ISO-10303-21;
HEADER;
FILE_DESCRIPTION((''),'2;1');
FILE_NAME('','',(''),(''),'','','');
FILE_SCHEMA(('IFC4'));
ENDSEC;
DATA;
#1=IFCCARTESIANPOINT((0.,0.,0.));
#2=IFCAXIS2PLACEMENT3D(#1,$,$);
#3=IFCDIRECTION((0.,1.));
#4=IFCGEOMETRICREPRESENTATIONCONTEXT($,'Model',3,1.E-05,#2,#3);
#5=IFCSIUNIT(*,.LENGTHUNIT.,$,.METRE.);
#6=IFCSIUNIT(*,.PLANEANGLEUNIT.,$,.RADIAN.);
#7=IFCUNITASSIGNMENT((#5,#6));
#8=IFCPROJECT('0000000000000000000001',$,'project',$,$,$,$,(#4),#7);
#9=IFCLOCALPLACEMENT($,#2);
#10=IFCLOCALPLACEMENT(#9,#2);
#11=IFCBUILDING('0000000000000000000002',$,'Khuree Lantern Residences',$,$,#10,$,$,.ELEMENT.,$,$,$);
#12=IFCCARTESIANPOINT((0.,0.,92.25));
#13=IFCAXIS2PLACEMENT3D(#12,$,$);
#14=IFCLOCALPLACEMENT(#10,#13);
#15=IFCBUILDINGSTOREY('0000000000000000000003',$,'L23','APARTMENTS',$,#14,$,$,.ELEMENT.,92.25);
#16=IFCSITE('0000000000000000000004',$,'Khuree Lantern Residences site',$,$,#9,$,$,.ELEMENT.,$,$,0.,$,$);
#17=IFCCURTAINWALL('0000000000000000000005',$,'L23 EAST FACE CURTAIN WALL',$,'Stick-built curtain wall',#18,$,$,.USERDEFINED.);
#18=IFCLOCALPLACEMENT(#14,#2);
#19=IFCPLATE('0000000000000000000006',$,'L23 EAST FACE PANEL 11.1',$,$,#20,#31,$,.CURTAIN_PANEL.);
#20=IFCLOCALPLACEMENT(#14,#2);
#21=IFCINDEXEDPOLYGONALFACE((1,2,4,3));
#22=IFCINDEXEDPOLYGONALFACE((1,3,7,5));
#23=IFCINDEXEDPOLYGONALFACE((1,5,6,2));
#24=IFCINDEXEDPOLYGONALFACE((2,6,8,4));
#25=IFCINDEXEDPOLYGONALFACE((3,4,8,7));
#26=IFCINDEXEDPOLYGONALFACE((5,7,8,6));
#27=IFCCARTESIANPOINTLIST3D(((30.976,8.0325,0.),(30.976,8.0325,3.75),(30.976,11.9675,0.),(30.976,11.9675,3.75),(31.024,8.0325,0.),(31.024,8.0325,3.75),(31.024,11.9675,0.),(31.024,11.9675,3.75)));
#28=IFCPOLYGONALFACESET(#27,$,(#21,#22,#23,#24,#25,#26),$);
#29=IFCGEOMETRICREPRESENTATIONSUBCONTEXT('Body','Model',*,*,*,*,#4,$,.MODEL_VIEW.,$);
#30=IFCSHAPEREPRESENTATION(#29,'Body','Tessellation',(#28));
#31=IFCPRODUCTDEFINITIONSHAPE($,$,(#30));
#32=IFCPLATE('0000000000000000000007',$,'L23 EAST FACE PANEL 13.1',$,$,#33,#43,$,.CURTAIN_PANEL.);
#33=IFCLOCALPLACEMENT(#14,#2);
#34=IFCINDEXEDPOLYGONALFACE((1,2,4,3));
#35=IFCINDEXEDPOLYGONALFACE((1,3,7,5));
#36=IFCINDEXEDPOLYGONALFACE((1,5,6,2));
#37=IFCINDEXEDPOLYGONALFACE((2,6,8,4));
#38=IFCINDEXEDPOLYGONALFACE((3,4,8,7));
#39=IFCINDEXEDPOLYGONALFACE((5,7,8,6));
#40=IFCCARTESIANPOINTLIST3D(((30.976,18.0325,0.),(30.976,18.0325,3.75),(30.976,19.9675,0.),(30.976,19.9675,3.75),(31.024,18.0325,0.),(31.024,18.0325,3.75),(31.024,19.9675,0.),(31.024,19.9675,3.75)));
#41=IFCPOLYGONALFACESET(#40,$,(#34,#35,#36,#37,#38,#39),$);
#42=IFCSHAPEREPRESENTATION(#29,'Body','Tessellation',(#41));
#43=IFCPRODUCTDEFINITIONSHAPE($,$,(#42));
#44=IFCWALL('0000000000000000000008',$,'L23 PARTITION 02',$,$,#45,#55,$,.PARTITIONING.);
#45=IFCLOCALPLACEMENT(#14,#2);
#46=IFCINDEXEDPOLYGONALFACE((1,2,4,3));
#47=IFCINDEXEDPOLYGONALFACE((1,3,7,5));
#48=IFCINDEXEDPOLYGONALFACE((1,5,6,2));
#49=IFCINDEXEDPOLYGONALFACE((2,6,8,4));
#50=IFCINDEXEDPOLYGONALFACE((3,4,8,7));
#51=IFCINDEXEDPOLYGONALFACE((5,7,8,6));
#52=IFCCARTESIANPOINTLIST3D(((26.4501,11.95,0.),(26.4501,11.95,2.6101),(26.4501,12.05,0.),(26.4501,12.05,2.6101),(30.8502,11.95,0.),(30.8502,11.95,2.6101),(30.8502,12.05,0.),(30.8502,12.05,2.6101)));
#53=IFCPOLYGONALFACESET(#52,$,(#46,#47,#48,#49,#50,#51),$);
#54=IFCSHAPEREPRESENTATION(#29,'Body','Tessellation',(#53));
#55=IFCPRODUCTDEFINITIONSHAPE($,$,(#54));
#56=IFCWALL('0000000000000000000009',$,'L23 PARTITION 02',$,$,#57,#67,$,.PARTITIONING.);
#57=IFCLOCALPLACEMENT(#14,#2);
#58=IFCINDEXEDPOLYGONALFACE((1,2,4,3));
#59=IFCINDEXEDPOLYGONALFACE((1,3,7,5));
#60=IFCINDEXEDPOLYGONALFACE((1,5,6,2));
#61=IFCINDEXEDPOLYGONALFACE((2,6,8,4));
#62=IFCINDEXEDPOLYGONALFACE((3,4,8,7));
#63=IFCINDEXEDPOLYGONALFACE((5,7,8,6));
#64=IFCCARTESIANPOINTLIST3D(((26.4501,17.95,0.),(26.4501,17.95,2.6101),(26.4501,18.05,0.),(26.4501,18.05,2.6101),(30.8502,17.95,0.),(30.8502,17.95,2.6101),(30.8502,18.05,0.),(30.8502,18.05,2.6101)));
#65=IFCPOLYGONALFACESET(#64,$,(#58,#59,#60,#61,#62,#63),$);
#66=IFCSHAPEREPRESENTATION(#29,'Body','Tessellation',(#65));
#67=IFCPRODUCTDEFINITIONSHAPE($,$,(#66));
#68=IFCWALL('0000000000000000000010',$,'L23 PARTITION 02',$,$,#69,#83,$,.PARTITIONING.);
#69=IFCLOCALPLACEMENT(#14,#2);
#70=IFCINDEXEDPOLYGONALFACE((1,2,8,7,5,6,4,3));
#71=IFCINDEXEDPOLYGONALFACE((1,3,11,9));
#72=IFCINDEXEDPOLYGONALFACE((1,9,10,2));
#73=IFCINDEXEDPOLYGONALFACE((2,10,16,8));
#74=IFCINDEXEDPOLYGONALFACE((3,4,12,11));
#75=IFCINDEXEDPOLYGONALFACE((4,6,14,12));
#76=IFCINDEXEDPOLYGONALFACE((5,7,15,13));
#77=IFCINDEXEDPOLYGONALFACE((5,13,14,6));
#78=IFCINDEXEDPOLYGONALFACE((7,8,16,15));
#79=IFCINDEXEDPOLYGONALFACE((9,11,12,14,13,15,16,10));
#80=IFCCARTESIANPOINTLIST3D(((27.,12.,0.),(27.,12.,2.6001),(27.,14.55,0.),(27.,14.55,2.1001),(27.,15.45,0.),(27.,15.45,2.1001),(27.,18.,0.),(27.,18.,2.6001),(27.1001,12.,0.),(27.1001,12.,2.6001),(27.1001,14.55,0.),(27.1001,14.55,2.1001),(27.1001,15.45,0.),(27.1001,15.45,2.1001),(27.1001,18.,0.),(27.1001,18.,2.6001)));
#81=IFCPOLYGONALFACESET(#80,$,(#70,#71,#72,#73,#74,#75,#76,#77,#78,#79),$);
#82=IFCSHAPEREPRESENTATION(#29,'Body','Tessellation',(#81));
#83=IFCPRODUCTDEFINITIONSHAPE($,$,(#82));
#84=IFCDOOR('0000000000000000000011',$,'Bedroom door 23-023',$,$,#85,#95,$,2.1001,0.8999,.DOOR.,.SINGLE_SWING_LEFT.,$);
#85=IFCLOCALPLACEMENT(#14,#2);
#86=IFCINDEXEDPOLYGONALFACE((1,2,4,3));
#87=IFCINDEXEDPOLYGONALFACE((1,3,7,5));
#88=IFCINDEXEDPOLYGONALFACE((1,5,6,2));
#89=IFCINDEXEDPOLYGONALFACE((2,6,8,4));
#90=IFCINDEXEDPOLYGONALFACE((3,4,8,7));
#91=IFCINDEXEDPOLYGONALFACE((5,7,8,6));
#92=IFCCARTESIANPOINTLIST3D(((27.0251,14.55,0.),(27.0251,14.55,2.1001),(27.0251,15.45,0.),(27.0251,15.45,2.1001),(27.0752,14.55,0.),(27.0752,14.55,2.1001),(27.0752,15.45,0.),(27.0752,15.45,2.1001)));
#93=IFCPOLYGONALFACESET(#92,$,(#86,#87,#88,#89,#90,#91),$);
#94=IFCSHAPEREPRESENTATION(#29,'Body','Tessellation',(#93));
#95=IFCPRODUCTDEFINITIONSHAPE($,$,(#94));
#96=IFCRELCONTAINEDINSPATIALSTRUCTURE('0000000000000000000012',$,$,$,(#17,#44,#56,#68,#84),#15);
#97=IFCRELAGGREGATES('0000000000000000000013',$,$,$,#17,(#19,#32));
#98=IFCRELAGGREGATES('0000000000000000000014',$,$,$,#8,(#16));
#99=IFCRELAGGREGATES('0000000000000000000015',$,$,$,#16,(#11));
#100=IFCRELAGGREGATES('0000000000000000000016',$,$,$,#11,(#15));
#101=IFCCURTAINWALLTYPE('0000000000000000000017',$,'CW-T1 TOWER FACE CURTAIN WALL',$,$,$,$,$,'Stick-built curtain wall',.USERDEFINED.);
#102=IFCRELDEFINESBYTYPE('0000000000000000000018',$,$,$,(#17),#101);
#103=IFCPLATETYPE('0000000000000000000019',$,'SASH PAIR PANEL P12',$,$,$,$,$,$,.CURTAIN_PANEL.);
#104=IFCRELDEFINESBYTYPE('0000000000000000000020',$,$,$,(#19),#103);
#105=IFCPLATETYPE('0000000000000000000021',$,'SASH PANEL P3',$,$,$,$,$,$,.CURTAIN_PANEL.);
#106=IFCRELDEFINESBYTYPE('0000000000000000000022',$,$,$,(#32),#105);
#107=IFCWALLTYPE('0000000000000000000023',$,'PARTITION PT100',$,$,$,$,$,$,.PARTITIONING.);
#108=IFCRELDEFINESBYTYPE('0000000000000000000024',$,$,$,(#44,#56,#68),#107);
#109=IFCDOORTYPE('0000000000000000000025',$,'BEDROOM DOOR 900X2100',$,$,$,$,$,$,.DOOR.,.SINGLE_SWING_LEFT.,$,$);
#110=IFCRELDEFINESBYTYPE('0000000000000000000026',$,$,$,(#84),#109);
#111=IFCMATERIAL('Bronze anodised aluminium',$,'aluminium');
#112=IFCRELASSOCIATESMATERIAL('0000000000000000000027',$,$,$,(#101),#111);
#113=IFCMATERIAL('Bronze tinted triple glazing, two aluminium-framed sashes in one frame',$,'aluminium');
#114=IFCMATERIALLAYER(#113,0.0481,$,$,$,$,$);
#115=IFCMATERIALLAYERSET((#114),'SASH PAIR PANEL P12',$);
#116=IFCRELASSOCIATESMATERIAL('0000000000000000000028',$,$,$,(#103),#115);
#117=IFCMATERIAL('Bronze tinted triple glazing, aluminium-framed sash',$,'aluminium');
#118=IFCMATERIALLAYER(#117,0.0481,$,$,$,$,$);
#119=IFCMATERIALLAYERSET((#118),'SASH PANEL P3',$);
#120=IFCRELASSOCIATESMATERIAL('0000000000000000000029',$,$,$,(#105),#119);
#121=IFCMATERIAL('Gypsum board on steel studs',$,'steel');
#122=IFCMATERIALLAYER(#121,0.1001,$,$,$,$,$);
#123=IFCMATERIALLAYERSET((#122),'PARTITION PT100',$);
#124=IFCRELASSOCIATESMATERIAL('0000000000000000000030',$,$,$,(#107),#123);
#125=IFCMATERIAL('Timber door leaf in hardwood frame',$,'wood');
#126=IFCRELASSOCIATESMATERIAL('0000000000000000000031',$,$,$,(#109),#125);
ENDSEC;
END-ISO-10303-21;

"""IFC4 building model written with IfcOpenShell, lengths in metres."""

from ifc_helpers import new_model, si_unit, direction, frame, frame_2d, origin, origin_2d, place, context, subcontext, project, spatial, rectangle, extrude, material, layer, layer_set, type_object, element, fill, aggregate, save


model = new_model("IFC4")

# Units and contexts
model_context = context("Model", 3, precision=1e-05, world=origin(), true_north=direction((0.0, 1.0)))
body_context = subcontext(model_context, "Body", "Model", "MODEL_VIEW")
ifc_project = project(units=[si_unit("LENGTHUNIT", "METRE"), si_unit("PLANEANGLEUNIT", "RADIAN")], contexts=[model_context])

# Site, building, storey
site_placement = place(None, origin())
site = spatial("IfcSite", under=ifc_project, at=site_placement, Name="Khuree Lantern Residences site", CompositionType="ELEMENT", RefElevation=0.0)
building_placement = place(site_placement, origin())
building = spatial("IfcBuilding", under=site, at=building_placement, Name="Khuree Lantern Residences", CompositionType="ELEMENT")
storey_placement = place(building_placement, frame((0.0, 0.0, 92.25)))
storey = spatial("IfcBuildingStorey", under=building, at=storey_placement, Name="L23", Description="APARTMENTS", CompositionType="ELEMENT", Elevation=92.25)

# Curtain wall
ifc_material_1 = material(Name="Bronze anodised aluminium", Category="aluminium")
curtain_wall_type = type_object("IfcCurtainWallType", Name="CW-T1 TOWER FACE CURTAIN WALL", ElementType="Stick-built curtain wall", PredefinedType="USERDEFINED", material=ifc_material_1)
curtain_wall_placement = place(storey_placement, origin())
curtain_wall = element("IfcCurtainWall", 1, at=curtain_wall_placement, inside=storey, type_object=curtain_wall_type, Name="L23 EAST FACE CURTAIN WALL", ObjectType="Stick-built curtain wall", PredefinedType="USERDEFINED")

# Plates
ifc_material_2 = material(Name="Bronze tinted triple glazing, two aluminium-framed sashes in one frame", Category="aluminium")
ifc_layer_1 = layer(ifc_material_2, 0.0481)
ifc_layer_set_1 = layer_set([ifc_layer_1], Name="SASH PAIR PANEL P12")
plate_type_1 = type_object("IfcPlateType", Name="SASH PAIR PANEL P12", PredefinedType="CURTAIN_PANEL", material=ifc_layer_set_1)
plate_1_placement = place(storey_placement, frame((31.0, 10.0, 0.0), z_axis=(0.0, 0.0, 1.0), x_axis=(0.0, 1.0, 0.0)))
plate_1 = element("IfcPlate", 2, at=plate_1_placement, type_object=plate_type_1, Name="L23 EAST FACE PANEL 11.1", PredefinedType="CURTAIN_PANEL", context=body_context, shape_type="SweptSolid", body=[
    extrude(rectangle(XDim=3.9351, YDim=0.0481, at=origin_2d()), origin(), (0.0, 0.0, 1.0), 3.75),
])
ifc_material_3 = material(Name="Bronze tinted triple glazing, aluminium-framed sash", Category="aluminium")
ifc_layer_2 = layer(ifc_material_3, 0.0481)
ifc_layer_set_2 = layer_set([ifc_layer_2], Name="SASH PANEL P3")
plate_type_2 = type_object("IfcPlateType", Name="SASH PANEL P3", PredefinedType="CURTAIN_PANEL", material=ifc_layer_set_2)
plate_2_placement = place(storey_placement, frame((31.0, 19.0, 0.0), z_axis=(0.0, 0.0, 1.0), x_axis=(0.0, 1.0, 0.0)))
plate_2 = element("IfcPlate", 3, at=plate_2_placement, type_object=plate_type_2, Name="L23 EAST FACE PANEL 13.1", PredefinedType="CURTAIN_PANEL", context=body_context, shape_type="SweptSolid", body=[
    extrude(rectangle(XDim=1.9351, YDim=0.0481, at=origin_2d()), origin(), (0.0, 0.0, 1.0), 3.75),
])
aggregate(curtain_wall, [plate_1, plate_2])

# Walls
ifc_material_4 = material(Name="Gypsum board on steel studs", Category="steel")
ifc_layer_3 = layer(ifc_material_4, 0.1001)
ifc_layer_set_3 = layer_set([ifc_layer_3], Name="PARTITION PT100")
wall_type = type_object("IfcWallType", Name="PARTITION PT100", PredefinedType="PARTITIONING", material=ifc_layer_set_3)
for number, where, z_axis, x_axis, name in (
    (4, (26.45, 12.0, 0.0), (0.0, 0.0, 1.0), (1.0, 0.0, 0.0), "L23 PARTITION 02"),
    (5, (26.45, 18.0, 0.0), (0.0, 0.0, 1.0), (1.0, 0.0, 0.0), "L23 PARTITION 02"),
):
    element("IfcWall", number, at=place(storey_placement, frame(where, z_axis=z_axis, x_axis=x_axis)), inside=storey, type_object=wall_type, Name=name, PredefinedType="PARTITIONING", context=body_context, shape_type="SweptSolid", body=[
        extrude(rectangle(XDim=4.4001, YDim=0.1001, at=frame_2d((2.2002, 0.0))), origin(), (0.0, 0.0, 1.0), 2.6101),
    ])

# Wall, opening, door
wall_placement = place(storey_placement, frame((27.05, 12.0, 0.0), z_axis=(0.0, 0.0, 1.0), x_axis=(0.0, 1.0, 0.0)))
wall = element("IfcWall", 6, at=wall_placement, inside=storey, type_object=wall_type, Name="L23 PARTITION 02", PredefinedType="PARTITIONING", context=body_context, shape_type="SweptSolid", body=[
    extrude(rectangle(XDim=6.0, YDim=0.1001, at=frame_2d((3.0, 0.0))), origin(), (0.0, 0.0, 1.0), 2.6001),
])
opening_placement = place(wall_placement, frame((2.55, 0.0, 0.0)))
opening = element("IfcOpeningElement", 7, at=opening_placement, cuts=wall, PredefinedType="OPENING", context=body_context, shape_type="SweptSolid", body=[
    extrude(rectangle(XDim=0.8999, YDim=2.1001, at=frame_2d((0.45, 1.05))), frame((0.0, 0.0601, 0.0), z_axis=(0.0, -1.0, 0.0), x_axis=(1.0, 0.0, 0.0)), (0.0, 0.0, 1.0), 0.1201),
])
ifc_material_5 = material(Name="Timber door leaf in hardwood frame", Category="wood")
door_type = type_object("IfcDoorType", Name="BEDROOM DOOR 900X2100", OperationType="SINGLE_SWING_LEFT", PredefinedType="DOOR", material=ifc_material_5)
door_placement = place(opening_placement, origin())
door = element("IfcDoor", 8, at=door_placement, inside=storey, type_object=door_type, Name="Bedroom door 23-023", OperationType="SINGLE_SWING_LEFT", OverallHeight=2.1001, OverallWidth=0.8999, PredefinedType="DOOR", context=body_context, shape_type="SweptSolid", body=[
    extrude(rectangle(XDim=0.8999, YDim=2.1001, at=frame_2d((0.45, 1.05))), frame((0.0, 0.0249, 0.0), z_axis=(0.0, -1.0, 0.0), x_axis=(1.0, 0.0, 0.0)), (0.0, 0.0, 1.0), 0.05),
])
fill(opening, door)

save(model, "model.ifc")
